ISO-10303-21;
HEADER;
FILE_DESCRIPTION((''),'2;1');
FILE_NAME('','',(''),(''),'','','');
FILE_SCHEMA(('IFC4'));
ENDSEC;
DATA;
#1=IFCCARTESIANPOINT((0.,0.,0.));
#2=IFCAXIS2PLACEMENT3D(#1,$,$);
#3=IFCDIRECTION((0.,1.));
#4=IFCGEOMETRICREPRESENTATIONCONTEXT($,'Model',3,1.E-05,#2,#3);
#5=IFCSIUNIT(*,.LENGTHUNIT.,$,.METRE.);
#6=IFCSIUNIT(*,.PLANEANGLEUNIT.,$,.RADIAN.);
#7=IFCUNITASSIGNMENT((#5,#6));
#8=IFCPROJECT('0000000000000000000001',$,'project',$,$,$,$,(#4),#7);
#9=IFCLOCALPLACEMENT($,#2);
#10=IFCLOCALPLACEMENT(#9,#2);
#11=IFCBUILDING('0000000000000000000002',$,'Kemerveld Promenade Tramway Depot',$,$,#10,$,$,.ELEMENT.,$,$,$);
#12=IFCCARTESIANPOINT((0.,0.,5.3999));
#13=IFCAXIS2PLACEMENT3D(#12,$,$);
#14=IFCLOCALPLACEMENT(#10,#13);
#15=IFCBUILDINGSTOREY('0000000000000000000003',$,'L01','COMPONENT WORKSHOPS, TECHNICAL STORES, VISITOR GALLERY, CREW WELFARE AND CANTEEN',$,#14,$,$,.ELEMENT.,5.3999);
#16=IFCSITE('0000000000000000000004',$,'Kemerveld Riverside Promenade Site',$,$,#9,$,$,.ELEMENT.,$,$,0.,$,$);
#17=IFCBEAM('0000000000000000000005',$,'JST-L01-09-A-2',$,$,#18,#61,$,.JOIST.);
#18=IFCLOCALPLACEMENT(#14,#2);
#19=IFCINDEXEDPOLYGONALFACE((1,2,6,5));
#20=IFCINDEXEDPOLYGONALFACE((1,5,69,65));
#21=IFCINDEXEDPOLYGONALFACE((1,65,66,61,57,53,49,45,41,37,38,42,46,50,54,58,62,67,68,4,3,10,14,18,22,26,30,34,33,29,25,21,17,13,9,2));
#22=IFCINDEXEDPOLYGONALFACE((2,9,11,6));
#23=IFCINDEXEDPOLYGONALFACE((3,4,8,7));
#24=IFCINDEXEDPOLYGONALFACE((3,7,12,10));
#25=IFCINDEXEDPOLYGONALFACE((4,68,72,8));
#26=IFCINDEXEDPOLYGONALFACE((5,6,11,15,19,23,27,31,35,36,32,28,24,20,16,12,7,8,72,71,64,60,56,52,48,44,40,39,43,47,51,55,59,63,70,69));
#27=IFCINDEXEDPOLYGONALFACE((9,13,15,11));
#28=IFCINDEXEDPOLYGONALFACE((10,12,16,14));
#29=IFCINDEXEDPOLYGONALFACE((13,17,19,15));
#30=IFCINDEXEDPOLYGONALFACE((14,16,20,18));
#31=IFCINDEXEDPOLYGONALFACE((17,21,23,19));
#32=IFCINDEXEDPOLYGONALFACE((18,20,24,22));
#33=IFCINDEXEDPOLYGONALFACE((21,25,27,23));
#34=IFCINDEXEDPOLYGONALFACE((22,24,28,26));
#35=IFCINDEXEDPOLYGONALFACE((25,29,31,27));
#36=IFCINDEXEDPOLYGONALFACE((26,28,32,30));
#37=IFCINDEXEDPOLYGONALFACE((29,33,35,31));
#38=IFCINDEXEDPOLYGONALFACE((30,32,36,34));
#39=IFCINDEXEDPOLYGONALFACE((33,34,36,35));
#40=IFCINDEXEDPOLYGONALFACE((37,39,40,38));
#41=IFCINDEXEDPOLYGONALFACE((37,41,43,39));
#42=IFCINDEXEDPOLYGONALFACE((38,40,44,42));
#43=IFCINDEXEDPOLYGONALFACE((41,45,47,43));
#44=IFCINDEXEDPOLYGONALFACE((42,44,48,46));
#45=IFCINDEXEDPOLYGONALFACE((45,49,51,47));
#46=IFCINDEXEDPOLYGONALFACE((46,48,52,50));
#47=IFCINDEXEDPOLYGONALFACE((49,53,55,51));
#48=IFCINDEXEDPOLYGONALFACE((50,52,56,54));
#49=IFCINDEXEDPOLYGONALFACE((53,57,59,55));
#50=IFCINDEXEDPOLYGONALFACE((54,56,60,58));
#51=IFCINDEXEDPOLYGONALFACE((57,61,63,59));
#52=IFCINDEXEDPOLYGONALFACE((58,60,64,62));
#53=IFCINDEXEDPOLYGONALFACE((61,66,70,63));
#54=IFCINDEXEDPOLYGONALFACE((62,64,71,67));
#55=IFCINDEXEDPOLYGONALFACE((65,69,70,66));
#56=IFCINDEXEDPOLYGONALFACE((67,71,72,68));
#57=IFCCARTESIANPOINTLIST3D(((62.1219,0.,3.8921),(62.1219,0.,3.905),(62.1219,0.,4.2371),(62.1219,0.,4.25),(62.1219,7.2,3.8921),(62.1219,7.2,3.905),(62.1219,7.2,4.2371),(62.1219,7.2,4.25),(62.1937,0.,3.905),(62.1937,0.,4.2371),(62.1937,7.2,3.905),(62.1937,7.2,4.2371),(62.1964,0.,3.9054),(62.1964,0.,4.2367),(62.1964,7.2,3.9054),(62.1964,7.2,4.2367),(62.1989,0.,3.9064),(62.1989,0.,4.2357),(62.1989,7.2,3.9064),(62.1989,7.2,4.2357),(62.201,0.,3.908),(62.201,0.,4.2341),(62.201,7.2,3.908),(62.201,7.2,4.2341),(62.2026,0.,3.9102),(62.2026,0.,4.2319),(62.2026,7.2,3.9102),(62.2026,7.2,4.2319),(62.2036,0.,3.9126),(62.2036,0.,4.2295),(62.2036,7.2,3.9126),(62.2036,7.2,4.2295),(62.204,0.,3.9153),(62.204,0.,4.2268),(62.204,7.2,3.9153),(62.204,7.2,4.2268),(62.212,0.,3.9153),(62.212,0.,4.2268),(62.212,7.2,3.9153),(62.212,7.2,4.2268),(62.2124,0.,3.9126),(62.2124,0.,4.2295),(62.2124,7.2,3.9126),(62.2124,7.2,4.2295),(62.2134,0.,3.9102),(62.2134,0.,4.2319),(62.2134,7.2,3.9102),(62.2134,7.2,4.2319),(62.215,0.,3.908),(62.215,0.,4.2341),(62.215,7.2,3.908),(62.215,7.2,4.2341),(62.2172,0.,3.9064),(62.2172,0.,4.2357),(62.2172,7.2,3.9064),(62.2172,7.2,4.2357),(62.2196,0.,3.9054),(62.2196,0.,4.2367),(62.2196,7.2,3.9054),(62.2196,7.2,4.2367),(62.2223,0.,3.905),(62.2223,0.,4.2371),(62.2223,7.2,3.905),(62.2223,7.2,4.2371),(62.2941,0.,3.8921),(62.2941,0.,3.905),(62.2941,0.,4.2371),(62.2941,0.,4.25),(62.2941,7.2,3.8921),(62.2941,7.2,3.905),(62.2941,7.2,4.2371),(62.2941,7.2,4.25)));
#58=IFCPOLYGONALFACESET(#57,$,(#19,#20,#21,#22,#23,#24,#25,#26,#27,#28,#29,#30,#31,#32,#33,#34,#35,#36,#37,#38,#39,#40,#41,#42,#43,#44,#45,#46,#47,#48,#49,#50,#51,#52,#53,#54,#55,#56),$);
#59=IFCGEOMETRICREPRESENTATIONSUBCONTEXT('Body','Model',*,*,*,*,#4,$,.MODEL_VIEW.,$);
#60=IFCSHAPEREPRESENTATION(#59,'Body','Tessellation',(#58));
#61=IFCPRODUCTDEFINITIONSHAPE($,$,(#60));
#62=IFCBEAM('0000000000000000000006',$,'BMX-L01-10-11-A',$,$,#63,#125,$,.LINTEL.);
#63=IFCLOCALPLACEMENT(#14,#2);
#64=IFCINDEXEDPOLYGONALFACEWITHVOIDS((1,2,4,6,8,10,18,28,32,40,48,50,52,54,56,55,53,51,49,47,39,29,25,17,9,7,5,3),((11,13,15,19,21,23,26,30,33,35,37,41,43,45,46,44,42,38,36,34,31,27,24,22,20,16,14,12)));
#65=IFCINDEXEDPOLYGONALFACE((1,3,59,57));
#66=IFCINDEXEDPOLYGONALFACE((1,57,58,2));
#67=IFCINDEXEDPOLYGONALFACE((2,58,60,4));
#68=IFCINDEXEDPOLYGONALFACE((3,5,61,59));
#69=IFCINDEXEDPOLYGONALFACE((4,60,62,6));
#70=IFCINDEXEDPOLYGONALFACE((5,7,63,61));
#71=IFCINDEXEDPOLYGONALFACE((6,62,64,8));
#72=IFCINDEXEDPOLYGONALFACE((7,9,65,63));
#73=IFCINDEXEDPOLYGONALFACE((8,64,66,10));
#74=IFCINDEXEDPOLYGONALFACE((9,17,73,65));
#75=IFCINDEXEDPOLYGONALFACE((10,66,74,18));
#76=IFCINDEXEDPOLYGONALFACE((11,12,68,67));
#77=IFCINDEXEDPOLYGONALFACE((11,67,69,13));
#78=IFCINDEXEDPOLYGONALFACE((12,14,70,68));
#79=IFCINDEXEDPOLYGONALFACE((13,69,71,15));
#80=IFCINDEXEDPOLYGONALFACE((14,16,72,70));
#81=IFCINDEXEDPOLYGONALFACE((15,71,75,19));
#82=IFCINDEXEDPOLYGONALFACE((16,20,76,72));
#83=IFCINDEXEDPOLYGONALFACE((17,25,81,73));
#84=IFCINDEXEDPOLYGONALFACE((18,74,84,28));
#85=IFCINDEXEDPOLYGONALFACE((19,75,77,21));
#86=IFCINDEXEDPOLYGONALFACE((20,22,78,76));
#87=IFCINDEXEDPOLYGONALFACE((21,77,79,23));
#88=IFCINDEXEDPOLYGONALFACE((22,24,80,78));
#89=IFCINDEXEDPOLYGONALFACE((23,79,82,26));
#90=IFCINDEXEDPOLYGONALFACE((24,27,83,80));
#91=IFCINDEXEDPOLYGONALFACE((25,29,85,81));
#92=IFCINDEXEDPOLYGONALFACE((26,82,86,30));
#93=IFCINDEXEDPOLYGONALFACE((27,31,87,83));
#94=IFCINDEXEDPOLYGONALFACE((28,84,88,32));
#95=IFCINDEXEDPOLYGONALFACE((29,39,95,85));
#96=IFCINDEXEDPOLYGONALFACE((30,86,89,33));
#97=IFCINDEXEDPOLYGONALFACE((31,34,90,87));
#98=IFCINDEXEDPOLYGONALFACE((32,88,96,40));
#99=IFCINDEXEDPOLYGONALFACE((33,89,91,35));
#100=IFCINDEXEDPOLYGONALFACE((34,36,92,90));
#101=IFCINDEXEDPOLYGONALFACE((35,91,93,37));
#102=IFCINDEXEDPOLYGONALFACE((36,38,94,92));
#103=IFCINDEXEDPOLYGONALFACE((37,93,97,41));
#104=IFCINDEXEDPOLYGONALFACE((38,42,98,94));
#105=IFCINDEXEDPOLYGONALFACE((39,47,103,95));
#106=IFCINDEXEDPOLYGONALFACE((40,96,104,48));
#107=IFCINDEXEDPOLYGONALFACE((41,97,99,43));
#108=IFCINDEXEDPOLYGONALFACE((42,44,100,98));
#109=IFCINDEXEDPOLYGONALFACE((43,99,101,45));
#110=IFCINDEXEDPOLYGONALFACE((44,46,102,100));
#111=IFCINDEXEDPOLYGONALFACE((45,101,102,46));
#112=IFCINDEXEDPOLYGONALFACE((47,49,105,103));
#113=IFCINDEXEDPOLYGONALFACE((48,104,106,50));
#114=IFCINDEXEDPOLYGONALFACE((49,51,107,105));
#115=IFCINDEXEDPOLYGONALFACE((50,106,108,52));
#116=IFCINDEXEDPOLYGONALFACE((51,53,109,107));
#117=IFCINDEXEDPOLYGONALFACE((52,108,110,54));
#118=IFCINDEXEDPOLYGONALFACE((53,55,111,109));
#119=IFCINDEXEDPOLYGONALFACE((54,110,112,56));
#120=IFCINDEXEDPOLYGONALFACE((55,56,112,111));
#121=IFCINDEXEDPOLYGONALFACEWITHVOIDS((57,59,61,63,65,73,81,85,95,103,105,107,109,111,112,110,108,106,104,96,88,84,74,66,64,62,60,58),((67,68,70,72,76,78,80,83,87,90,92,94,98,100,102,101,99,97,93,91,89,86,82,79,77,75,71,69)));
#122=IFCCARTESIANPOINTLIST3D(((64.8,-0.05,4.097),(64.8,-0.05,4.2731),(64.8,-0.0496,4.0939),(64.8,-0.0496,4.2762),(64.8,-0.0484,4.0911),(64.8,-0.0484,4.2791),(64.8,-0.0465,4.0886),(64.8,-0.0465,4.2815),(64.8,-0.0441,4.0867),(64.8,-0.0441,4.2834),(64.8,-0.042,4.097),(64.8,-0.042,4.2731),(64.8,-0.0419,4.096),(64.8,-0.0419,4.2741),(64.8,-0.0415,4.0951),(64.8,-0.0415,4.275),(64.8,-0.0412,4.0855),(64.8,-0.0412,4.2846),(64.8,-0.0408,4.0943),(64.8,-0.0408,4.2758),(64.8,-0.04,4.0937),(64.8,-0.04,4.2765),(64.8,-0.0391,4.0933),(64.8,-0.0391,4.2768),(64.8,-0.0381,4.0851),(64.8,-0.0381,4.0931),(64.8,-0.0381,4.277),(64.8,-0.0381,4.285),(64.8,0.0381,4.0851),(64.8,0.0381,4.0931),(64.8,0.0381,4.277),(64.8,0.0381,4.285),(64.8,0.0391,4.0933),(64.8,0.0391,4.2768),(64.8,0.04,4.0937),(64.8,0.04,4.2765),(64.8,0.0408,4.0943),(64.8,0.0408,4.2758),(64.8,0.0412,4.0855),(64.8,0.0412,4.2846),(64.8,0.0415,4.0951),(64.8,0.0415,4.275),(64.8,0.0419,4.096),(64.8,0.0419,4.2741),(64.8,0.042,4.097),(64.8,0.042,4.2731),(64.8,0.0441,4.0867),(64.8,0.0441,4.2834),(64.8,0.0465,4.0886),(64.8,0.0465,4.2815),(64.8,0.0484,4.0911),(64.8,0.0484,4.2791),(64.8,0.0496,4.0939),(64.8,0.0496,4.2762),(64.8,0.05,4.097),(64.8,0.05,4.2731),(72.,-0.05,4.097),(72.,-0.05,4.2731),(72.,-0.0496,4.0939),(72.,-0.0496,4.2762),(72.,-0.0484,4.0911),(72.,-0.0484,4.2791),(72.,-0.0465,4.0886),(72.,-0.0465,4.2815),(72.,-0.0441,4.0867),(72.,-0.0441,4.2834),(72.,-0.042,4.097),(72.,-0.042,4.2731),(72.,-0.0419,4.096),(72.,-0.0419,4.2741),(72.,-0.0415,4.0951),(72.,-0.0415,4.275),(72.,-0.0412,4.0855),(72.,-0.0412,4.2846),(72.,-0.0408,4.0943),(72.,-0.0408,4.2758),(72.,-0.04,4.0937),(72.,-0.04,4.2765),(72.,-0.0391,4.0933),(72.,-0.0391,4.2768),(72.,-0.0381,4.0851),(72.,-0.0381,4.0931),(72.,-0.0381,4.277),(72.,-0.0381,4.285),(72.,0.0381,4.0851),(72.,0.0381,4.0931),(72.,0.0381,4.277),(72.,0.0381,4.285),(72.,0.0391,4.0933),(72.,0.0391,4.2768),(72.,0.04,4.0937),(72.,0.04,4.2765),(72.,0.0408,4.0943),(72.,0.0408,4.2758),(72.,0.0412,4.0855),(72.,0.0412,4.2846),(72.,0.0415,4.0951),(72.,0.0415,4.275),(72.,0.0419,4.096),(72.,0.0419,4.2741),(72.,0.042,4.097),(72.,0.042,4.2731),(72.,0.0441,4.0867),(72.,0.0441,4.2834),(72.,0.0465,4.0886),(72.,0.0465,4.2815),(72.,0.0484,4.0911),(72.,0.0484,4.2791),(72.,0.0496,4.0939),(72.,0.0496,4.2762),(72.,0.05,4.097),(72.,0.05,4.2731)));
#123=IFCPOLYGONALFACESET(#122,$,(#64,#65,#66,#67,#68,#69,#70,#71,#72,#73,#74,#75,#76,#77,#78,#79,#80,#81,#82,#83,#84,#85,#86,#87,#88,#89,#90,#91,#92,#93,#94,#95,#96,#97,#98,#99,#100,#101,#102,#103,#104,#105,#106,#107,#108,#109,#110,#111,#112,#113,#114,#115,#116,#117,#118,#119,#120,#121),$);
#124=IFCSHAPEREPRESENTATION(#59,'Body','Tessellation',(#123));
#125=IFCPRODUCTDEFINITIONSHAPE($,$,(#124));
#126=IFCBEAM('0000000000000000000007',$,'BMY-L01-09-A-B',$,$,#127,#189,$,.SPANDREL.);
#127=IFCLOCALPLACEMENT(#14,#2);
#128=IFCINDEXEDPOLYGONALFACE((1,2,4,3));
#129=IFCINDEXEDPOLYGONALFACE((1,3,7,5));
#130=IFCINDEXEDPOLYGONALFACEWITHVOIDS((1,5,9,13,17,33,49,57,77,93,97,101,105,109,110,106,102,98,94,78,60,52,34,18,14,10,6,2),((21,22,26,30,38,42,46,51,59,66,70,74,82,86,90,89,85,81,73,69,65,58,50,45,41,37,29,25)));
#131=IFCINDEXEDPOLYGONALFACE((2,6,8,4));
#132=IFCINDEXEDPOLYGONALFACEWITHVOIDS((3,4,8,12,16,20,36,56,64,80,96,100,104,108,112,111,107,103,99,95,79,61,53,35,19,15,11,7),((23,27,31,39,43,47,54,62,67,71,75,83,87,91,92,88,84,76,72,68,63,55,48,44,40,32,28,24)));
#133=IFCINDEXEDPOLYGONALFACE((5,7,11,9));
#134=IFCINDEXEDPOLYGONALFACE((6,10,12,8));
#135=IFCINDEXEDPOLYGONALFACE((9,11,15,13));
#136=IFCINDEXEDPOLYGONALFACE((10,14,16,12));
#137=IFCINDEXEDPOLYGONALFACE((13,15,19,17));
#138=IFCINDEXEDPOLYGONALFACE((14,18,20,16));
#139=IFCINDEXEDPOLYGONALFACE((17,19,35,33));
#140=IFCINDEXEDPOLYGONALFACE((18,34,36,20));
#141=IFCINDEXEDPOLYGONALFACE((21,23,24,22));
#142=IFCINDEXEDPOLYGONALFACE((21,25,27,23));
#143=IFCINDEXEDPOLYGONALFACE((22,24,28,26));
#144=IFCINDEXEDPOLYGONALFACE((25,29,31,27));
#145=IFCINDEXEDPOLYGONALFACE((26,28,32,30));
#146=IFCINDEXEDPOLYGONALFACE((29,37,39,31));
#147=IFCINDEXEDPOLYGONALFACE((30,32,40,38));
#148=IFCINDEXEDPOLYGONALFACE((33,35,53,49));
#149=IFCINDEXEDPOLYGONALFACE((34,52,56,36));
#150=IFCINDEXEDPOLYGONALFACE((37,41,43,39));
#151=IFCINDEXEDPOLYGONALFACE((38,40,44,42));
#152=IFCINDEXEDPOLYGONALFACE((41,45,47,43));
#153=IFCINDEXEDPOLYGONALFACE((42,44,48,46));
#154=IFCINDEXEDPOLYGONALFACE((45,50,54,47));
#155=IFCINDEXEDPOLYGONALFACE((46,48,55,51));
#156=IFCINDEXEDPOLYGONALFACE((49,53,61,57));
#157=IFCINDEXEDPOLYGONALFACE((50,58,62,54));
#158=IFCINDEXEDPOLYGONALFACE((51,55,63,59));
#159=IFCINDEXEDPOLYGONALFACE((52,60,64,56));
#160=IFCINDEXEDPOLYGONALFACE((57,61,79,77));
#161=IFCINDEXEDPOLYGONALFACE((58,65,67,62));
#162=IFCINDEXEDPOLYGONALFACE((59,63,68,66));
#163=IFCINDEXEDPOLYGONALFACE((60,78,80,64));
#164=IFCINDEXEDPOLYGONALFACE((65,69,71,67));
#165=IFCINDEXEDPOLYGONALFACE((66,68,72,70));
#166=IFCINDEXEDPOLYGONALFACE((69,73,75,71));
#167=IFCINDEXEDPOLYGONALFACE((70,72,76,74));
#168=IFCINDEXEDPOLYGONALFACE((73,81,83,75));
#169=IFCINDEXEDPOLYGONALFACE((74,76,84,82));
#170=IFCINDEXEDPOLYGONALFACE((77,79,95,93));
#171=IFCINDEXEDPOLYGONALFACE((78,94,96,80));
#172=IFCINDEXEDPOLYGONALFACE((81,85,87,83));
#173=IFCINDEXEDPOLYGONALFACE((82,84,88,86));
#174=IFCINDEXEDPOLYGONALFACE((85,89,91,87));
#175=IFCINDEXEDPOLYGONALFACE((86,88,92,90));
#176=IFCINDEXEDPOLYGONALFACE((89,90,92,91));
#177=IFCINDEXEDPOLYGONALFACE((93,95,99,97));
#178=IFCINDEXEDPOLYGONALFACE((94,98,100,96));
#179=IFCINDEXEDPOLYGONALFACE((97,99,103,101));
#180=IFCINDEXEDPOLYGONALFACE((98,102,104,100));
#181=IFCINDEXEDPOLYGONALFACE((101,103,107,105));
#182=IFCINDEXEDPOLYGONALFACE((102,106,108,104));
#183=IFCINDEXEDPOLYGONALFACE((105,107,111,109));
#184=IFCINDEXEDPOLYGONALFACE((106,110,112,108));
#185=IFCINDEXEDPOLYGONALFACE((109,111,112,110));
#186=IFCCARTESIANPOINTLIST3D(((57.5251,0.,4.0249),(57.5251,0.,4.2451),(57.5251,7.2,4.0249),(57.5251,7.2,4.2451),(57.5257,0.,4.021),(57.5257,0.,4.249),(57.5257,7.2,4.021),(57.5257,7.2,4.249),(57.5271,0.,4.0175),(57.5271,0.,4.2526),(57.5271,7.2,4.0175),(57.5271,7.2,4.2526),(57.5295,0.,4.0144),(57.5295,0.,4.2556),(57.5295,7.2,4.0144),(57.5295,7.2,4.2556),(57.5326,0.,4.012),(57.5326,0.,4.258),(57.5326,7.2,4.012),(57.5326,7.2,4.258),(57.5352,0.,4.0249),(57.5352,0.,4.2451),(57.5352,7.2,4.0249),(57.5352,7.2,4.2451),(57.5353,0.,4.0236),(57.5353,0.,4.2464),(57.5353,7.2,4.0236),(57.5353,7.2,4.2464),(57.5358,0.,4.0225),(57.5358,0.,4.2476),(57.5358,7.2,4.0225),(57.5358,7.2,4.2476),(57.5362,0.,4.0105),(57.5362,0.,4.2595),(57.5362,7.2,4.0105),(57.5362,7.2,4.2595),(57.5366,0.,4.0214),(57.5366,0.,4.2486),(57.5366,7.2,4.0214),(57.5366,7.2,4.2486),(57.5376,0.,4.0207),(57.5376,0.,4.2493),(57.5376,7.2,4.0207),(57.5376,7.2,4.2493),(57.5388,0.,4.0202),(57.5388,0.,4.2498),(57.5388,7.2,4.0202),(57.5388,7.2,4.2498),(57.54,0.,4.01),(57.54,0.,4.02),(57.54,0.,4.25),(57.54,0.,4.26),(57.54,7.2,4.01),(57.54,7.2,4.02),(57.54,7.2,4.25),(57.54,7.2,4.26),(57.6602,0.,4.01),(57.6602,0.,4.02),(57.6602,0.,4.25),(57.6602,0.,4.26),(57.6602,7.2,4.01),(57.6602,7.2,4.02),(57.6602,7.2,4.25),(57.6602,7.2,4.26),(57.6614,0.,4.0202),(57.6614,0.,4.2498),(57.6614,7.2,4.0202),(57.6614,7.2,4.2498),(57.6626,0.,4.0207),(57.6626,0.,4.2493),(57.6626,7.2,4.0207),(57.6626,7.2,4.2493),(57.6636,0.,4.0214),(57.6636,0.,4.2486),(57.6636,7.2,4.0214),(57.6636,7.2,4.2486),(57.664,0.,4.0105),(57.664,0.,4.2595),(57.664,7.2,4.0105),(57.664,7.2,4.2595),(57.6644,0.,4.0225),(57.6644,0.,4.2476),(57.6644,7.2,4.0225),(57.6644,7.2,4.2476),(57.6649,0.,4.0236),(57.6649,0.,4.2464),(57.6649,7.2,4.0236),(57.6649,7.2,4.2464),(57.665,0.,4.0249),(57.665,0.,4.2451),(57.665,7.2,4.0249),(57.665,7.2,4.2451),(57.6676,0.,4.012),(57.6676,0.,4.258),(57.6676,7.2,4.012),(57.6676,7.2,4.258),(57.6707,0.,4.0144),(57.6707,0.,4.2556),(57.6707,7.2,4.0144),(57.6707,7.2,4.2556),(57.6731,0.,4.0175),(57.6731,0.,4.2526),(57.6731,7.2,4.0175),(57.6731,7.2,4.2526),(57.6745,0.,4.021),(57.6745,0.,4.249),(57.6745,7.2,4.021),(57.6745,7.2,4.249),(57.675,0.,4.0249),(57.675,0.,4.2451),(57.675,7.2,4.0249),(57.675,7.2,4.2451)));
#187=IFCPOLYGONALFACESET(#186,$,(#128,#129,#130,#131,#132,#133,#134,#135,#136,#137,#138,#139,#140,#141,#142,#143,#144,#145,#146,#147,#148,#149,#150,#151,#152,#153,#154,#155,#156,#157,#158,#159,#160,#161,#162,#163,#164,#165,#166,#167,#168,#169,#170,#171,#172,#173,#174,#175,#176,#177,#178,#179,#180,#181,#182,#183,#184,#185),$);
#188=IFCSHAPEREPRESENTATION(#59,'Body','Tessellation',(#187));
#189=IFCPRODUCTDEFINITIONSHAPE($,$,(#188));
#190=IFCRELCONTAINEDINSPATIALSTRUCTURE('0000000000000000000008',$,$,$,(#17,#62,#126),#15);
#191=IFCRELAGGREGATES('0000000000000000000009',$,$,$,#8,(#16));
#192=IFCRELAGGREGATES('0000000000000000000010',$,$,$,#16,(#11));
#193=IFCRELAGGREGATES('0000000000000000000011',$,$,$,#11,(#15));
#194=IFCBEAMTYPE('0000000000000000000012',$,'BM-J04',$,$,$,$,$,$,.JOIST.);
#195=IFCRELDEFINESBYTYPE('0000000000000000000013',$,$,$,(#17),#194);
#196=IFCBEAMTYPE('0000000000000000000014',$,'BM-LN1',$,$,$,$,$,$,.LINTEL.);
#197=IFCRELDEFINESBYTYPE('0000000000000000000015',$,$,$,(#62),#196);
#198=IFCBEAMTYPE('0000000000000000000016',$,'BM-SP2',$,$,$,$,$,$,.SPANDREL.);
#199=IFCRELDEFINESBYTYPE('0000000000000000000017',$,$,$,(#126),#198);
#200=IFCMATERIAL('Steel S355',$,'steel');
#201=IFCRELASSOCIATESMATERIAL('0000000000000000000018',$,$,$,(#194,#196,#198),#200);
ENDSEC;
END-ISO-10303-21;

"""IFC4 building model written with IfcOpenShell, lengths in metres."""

from ifc_helpers import new_model, si_unit, direction, frame, origin, origin_2d, place, context, subcontext, project, spatial, hollow_rectangle, i_section, extrude, material, material_profile, profile_set, type_object, element, save


model = new_model("IFC4")

# Units and contexts
model_context = context("Model", 3, precision=1e-05, world=origin(), true_north=direction((0.0, 1.0)))
body_context = subcontext(model_context, "Body", "Model", "MODEL_VIEW")
ifc_project = project(units=[si_unit("LENGTHUNIT", "METRE"), si_unit("PLANEANGLEUNIT", "RADIAN")], contexts=[model_context])

# Site, building, storey
site_placement = place(None, origin())
site = spatial("IfcSite", under=ifc_project, at=site_placement, Name="Kemerveld Riverside Promenade Site", CompositionType="ELEMENT", RefElevation=0.0)
building_placement = place(site_placement, origin())
building = spatial("IfcBuilding", under=site, at=building_placement, Name="Kemerveld Promenade Tramway Depot", CompositionType="ELEMENT")
storey_placement = place(building_placement, frame((0.0, 0.0, 5.3999)))
storey = spatial("IfcBuildingStorey", under=building, at=storey_placement, Name="L01", Description="COMPONENT WORKSHOPS, TECHNICAL STORES, VISITOR GALLERY, CREW WELFARE AND CANTEEN", CompositionType="ELEMENT", Elevation=5.3999)

# Shared definitions
ifc_material_1 = material(Name="Steel S355", Category="steel")

# Beams
ifc_material_profile_1 = material_profile(ifc_material_1, i_section(OverallWidth=0.1721, OverallDepth=0.3579, WebThickness=0.0081, FlangeThickness=0.0129, FilletRadius=0.0103, at=origin_2d()), Name="356x171x57 UB")
ifc_profile_set_1 = profile_set([ifc_material_profile_1], Name="Steel S355")
beam_type_1 = type_object("IfcBeamType", Name="BM-J04", PredefinedType="JOIST", material=ifc_profile_set_1)
for number, where, z_axis, x_axis, name in (
    (1, (62.208, 0.0, 4.071), (0.0, 1.0, 0.0), (-1.0, 0.0, 0.0), "JST-L01-09-A-2"),
):
    element("IfcBeam", number, at=place(storey_placement, frame(where, z_axis=z_axis, x_axis=x_axis)), inside=storey, type_object=beam_type_1, Name=name, PredefinedType="JOIST", context=body_context, shape_type="SweptSolid", body=[
        extrude(i_section(OverallWidth=0.1721, OverallDepth=0.3579, WebThickness=0.0081, FlangeThickness=0.0129, FilletRadius=0.0103, at=origin_2d()), origin(), (0.0, 0.0, 1.0), 7.2),
    ])
ifc_material_profile_2 = material_profile(ifc_material_1, hollow_rectangle(XDim=0.1001, YDim=0.2, WallThickness=0.0081, InnerFilletRadius=0.0039, OuterFilletRadius=0.012, at=origin_2d()), Name="200x100x8.0 RHS")
ifc_profile_set_2 = profile_set([ifc_material_profile_2], Name="Steel S355")
beam_type_2 = type_object("IfcBeamType", Name="BM-LN1", PredefinedType="LINTEL", material=ifc_profile_set_2)
beam_1_placement = place(storey_placement, frame((64.8, 0.0, 4.1851), z_axis=(1.0, 0.0, 0.0), x_axis=(0.0, 1.0, 0.0)))
element("IfcBeam", 2, at=beam_1_placement, inside=storey, type_object=beam_type_2, Name="BMX-L01-10-11-A", PredefinedType="LINTEL", context=body_context, shape_type="SweptSolid", body=[
    extrude(hollow_rectangle(XDim=0.1001, YDim=0.2, WallThickness=0.0081, InnerFilletRadius=0.0039, OuterFilletRadius=0.012, at=origin_2d()), origin(), (0.0, 0.0, 1.0), 7.2),
])
ifc_material_profile_3 = material_profile(ifc_material_1, hollow_rectangle(XDim=0.1499, YDim=0.25, WallThickness=0.01, InnerFilletRadius=0.0049, OuterFilletRadius=0.0149, at=origin_2d()), Name="250x150x10.0 RHS")
ifc_profile_set_3 = profile_set([ifc_material_profile_3], Name="Steel S355")
beam_type_3 = type_object("IfcBeamType", Name="BM-SP2", PredefinedType="SPANDREL", material=ifc_profile_set_3)
beam_2_placement = place(storey_placement, frame((57.6001, 0.0, 4.135), z_axis=(0.0, 1.0, 0.0), x_axis=(-1.0, 0.0, 0.0)))
element("IfcBeam", 3, at=beam_2_placement, inside=storey, type_object=beam_type_3, Name="BMY-L01-09-A-B", PredefinedType="SPANDREL", context=body_context, shape_type="SweptSolid", body=[
    extrude(hollow_rectangle(XDim=0.1499, YDim=0.25, WallThickness=0.01, InnerFilletRadius=0.0049, OuterFilletRadius=0.0149, at=origin_2d()), origin(), (0.0, 0.0, 1.0), 7.2),
])

save(model, "model.ifc")
